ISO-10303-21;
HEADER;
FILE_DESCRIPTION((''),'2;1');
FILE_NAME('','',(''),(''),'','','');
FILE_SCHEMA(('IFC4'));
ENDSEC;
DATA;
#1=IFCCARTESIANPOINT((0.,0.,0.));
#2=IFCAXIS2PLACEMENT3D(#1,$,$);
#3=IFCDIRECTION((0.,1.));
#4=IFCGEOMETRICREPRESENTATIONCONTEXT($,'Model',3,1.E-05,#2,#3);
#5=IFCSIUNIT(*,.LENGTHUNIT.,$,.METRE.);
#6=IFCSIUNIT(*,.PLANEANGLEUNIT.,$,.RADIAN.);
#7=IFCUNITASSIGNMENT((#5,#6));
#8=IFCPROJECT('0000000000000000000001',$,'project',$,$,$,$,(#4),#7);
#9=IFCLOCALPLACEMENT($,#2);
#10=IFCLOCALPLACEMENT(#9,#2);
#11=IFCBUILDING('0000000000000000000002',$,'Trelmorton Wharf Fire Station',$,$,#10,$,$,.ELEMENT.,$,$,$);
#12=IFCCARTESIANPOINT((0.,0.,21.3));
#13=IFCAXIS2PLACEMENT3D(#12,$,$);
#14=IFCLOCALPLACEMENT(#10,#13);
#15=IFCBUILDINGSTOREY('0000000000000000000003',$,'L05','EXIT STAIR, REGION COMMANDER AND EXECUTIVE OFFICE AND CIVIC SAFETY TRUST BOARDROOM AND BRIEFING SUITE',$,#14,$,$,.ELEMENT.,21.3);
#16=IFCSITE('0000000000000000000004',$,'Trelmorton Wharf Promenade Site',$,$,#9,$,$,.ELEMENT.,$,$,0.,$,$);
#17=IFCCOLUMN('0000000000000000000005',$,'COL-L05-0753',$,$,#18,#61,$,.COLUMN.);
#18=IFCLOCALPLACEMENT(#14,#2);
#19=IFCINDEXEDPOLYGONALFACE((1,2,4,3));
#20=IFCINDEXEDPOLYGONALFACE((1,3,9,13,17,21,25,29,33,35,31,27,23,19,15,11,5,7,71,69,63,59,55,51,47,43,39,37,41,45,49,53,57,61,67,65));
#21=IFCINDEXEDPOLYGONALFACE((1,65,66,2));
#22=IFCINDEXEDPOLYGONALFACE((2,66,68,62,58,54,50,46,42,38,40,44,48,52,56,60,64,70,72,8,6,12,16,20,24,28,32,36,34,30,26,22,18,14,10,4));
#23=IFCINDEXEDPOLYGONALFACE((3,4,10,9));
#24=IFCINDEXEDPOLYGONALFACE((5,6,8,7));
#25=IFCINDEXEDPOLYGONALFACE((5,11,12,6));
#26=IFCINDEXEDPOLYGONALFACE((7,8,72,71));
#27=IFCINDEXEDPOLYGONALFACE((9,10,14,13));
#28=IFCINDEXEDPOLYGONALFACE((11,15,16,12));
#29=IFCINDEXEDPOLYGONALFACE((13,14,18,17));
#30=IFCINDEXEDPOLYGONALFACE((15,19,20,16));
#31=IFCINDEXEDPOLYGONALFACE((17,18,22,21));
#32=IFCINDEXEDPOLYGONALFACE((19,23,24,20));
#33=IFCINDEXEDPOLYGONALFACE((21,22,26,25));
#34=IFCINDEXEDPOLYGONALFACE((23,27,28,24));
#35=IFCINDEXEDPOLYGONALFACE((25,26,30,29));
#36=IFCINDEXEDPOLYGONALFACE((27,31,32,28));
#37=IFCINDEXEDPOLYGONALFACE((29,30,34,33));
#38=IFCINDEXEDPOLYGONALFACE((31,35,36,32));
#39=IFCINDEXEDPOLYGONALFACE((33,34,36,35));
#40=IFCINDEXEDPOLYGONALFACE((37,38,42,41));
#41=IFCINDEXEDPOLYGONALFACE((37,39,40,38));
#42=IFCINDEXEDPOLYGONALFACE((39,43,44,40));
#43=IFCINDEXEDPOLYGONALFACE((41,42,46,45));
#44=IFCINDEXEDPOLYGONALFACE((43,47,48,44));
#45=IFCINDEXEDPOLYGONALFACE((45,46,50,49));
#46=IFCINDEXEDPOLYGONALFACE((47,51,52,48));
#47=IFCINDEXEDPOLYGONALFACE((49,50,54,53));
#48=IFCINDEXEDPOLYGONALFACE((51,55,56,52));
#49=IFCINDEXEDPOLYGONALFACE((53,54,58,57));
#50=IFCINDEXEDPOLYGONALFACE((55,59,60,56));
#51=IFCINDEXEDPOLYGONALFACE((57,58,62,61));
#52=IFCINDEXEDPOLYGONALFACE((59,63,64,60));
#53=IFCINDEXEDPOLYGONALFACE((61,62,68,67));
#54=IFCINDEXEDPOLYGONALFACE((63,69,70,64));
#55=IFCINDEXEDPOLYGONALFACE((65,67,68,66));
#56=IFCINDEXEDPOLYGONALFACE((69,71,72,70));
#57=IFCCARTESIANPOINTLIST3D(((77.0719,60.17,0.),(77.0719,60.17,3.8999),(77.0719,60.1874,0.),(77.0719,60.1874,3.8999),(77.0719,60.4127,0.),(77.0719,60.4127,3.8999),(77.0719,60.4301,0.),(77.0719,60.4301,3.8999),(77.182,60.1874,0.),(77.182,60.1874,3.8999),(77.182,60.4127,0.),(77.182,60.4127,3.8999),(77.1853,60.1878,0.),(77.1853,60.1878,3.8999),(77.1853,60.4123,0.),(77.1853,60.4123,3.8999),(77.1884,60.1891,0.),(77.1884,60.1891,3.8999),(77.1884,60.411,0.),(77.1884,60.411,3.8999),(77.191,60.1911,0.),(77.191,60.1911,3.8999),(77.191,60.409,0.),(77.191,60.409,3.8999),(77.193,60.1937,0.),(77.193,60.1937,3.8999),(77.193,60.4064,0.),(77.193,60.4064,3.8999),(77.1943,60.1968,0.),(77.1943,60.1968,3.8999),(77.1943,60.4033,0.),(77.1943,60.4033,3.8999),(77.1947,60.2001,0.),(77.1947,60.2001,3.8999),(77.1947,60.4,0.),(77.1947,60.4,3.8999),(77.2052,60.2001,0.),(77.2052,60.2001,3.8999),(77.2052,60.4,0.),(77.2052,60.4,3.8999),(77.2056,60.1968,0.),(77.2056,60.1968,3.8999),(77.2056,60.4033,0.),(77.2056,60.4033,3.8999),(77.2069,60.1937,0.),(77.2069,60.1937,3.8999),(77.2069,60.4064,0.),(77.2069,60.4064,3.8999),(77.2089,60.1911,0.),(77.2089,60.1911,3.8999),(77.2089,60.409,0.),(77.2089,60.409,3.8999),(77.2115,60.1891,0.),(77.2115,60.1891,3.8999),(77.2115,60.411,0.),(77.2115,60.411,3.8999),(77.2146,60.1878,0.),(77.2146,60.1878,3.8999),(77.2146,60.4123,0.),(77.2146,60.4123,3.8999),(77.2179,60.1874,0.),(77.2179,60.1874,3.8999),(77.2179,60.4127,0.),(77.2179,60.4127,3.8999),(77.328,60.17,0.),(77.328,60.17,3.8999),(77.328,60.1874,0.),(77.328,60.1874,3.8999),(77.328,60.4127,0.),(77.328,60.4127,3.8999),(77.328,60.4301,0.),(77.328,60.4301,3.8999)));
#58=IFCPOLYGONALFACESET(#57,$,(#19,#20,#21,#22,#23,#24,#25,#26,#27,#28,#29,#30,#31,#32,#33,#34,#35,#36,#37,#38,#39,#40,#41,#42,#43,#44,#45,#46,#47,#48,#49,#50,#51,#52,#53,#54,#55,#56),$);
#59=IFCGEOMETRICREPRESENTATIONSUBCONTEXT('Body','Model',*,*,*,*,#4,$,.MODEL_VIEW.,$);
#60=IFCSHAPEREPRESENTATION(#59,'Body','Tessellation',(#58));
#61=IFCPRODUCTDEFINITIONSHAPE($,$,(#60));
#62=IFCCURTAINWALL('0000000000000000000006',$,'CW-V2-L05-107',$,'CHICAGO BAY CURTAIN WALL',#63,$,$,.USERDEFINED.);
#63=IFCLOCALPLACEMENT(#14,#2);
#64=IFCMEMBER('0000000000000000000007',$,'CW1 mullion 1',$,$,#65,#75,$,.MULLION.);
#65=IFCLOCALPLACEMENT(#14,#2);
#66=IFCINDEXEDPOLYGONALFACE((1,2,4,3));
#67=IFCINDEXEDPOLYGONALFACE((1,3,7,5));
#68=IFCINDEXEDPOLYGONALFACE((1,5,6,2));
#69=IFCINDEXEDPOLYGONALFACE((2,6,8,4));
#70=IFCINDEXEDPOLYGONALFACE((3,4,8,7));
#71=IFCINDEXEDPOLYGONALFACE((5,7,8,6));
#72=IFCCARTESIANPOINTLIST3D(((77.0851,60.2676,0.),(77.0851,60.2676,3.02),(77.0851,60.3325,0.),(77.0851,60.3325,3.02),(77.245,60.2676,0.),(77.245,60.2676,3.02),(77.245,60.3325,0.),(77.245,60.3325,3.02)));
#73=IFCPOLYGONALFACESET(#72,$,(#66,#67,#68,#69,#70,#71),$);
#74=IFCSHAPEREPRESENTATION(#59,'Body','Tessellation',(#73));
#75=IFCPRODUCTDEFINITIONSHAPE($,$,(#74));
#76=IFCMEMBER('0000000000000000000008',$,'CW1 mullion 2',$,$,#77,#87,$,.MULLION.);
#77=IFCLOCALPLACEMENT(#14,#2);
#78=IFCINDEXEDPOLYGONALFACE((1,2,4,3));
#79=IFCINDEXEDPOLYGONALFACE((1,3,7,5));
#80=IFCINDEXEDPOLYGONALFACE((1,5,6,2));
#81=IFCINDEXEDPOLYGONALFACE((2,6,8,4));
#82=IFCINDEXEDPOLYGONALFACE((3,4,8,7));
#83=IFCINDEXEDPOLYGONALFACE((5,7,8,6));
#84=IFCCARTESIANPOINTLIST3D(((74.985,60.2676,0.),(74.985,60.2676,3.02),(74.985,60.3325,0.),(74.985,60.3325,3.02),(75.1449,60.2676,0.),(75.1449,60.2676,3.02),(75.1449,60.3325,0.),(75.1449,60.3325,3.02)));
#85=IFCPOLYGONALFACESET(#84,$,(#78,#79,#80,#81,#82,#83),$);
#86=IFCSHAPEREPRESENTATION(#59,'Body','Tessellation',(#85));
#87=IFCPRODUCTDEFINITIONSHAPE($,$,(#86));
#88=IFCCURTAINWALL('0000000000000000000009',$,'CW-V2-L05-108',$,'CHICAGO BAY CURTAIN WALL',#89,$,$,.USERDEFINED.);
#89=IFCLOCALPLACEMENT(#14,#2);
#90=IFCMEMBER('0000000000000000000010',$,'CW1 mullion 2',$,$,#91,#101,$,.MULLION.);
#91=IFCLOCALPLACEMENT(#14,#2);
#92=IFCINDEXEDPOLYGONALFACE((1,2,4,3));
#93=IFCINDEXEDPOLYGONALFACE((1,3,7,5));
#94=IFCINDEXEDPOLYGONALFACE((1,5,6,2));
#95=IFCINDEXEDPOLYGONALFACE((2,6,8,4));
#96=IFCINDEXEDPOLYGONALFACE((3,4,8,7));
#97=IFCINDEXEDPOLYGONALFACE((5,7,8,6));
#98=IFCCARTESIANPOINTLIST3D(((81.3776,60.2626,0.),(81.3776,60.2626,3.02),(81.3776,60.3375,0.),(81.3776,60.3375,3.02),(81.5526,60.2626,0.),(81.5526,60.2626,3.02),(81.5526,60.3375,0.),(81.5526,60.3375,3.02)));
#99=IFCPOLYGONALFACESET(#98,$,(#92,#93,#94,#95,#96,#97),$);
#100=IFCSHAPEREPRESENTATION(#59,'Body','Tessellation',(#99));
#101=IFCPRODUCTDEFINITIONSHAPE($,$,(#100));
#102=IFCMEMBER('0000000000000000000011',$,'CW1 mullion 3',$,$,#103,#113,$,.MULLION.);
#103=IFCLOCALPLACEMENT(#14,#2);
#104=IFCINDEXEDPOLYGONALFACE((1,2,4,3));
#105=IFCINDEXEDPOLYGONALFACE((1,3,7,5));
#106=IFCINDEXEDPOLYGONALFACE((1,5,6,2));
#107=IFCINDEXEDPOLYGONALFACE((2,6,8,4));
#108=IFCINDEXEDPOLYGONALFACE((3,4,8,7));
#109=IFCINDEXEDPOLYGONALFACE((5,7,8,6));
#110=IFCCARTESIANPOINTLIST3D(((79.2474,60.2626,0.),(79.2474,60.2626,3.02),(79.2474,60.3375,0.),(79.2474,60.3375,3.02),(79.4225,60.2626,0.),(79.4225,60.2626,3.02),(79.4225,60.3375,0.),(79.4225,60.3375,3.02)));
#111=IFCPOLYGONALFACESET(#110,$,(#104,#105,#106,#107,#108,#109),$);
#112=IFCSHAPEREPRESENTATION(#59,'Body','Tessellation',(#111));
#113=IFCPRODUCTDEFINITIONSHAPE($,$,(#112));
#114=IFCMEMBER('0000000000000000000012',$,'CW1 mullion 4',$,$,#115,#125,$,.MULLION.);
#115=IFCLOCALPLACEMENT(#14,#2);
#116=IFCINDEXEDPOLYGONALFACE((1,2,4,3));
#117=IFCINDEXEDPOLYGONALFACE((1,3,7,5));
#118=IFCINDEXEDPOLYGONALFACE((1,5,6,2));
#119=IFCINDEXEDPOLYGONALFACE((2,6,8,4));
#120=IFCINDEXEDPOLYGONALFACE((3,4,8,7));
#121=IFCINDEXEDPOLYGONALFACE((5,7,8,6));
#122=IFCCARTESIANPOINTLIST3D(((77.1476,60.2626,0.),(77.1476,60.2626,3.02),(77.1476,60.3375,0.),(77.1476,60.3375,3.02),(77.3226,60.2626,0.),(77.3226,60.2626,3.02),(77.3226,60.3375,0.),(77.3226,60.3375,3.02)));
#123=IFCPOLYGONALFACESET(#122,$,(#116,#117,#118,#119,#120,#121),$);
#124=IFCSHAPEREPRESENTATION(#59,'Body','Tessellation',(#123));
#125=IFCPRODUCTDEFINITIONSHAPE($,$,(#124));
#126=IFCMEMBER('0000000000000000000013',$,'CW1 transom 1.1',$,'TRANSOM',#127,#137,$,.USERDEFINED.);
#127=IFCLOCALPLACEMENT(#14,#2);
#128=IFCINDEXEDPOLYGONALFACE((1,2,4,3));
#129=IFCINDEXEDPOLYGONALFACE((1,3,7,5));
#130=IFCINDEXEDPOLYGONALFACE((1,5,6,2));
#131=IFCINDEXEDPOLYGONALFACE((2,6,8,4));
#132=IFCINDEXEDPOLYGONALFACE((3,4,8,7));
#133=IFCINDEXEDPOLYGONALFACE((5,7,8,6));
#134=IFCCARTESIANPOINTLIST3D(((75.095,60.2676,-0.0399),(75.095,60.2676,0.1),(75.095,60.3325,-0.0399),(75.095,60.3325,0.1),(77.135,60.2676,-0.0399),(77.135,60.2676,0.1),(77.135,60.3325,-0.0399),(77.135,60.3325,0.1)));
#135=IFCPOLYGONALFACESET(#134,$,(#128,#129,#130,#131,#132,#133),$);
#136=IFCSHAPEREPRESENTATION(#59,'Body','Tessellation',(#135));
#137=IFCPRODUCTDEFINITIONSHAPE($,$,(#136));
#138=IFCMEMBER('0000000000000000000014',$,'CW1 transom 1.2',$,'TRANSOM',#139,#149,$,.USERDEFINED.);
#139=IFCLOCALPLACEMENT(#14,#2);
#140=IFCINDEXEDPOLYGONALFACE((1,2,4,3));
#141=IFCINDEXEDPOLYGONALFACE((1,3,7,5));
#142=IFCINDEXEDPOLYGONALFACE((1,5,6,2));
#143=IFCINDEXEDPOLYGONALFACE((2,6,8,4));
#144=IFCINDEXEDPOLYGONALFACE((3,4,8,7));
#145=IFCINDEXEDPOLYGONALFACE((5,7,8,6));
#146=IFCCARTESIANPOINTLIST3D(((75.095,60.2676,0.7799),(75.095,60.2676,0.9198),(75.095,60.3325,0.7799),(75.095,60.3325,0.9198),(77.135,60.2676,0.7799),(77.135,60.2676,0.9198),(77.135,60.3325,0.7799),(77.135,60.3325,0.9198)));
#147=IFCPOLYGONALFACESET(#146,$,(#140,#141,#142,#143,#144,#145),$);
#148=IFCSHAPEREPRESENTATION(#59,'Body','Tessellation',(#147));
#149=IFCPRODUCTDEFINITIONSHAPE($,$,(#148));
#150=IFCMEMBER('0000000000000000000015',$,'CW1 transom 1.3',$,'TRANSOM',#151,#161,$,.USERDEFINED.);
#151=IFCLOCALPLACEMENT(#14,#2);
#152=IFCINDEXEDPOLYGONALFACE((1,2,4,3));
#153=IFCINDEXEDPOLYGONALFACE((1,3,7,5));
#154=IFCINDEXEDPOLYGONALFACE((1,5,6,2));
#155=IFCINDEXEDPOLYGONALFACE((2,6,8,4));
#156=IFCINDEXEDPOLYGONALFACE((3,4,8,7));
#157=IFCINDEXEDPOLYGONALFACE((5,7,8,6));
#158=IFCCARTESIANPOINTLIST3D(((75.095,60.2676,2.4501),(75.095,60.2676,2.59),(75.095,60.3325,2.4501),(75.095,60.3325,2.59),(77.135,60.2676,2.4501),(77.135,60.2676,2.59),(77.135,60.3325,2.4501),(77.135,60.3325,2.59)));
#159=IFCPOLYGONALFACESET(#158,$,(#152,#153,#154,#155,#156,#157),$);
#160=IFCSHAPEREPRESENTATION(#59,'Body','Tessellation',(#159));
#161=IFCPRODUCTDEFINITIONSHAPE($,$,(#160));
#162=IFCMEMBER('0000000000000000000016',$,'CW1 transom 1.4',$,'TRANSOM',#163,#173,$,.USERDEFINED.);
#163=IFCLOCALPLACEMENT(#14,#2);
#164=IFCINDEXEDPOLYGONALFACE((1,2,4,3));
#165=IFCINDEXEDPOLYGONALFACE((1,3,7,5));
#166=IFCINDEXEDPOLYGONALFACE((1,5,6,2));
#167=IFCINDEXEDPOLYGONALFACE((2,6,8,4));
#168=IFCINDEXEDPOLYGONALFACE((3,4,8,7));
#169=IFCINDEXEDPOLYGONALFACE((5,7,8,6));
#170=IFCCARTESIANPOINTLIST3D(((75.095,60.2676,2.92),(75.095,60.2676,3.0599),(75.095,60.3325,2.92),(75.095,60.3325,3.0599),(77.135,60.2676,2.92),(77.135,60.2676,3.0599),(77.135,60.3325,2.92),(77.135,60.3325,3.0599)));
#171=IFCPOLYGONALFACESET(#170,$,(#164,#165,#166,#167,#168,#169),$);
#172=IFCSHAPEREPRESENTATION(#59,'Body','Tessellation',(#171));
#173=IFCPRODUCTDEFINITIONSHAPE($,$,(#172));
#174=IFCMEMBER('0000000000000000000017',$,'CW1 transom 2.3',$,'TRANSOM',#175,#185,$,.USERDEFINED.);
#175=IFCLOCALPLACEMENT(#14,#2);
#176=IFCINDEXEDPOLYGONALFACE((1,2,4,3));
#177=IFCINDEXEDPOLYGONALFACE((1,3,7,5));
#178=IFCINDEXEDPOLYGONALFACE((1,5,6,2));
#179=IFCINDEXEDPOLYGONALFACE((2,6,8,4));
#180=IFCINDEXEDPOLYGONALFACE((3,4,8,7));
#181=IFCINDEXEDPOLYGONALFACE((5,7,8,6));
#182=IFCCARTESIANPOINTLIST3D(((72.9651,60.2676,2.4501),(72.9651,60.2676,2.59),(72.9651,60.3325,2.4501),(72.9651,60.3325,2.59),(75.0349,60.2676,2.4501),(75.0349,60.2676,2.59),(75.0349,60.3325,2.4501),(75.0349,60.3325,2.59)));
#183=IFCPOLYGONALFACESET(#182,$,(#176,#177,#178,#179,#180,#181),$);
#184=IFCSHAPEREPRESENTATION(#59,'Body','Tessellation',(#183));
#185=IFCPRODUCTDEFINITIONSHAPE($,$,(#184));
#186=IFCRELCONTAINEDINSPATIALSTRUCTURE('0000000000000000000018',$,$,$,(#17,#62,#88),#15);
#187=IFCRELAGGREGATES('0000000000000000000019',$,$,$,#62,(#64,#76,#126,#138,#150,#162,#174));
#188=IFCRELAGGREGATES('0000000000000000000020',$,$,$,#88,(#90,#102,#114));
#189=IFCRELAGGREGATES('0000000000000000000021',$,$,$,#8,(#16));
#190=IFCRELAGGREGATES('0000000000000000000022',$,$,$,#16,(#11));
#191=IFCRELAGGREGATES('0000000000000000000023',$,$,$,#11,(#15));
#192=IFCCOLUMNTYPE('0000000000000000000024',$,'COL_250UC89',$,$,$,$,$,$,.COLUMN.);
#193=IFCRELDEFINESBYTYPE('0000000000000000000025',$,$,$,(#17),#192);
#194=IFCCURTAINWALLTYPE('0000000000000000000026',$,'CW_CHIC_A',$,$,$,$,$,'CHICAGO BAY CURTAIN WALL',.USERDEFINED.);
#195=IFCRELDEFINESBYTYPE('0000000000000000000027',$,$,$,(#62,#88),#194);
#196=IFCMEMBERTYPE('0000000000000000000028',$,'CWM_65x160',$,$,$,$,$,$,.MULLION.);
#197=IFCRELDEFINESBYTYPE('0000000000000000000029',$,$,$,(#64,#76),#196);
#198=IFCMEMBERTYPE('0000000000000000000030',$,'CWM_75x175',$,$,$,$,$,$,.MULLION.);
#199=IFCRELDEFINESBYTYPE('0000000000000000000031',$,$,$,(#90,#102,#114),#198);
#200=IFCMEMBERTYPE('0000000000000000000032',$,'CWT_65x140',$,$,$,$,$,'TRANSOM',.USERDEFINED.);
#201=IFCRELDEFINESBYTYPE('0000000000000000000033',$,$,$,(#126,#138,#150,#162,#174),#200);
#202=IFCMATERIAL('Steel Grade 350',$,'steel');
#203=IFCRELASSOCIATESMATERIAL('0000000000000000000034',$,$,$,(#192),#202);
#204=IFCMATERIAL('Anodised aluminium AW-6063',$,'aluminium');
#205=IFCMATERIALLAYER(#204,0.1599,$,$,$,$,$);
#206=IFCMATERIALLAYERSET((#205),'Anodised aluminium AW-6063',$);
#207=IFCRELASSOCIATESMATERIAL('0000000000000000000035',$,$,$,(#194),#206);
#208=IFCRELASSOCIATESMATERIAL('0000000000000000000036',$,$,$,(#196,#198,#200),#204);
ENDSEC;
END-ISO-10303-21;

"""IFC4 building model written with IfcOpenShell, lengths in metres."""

from ifc_helpers import new_model, si_unit, direction, frame, origin, origin_2d, place, context, subcontext, project, spatial, rectangle, i_section, extrude, material, layer, layer_set, material_profile, profile_set, type_object, element, aggregate, save


model = new_model("IFC4")

# Units and contexts
model_context = context("Model", 3, precision=1e-05, world=origin(), true_north=direction((0.0, 1.0)))
body_context = subcontext(model_context, "Body", "Model", "MODEL_VIEW")
ifc_project = project(units=[si_unit("LENGTHUNIT", "METRE"), si_unit("PLANEANGLEUNIT", "RADIAN")], contexts=[model_context])

# Site, building, storey
site_placement = place(None, origin())
site = spatial("IfcSite", under=ifc_project, at=site_placement, Name="Trelmorton Wharf Promenade Site", CompositionType="ELEMENT", RefElevation=0.0)
building_placement = place(site_placement, origin())
building = spatial("IfcBuilding", under=site, at=building_placement, Name="Trelmorton Wharf Fire Station", CompositionType="ELEMENT")
storey_placement = place(building_placement, frame((0.0, 0.0, 21.3)))
storey = spatial("IfcBuildingStorey", under=building, at=storey_placement, Name="L05", Description="EXIT STAIR, REGION COMMANDER AND EXECUTIVE OFFICE AND CIVIC SAFETY TRUST BOARDROOM AND BRIEFING SUITE", CompositionType="ELEMENT", Elevation=21.3)

# Column
ifc_material_1 = material(Name="Steel Grade 350", Category="steel")
ifc_material_profile_1 = material_profile(ifc_material_1, i_section(OverallWidth=0.2561, OverallDepth=0.26, WebThickness=0.0105, FlangeThickness=0.0173, FilletRadius=0.0127, at=origin_2d()), Name="250UC89.5")
ifc_profile_set_1 = profile_set([ifc_material_profile_1], Name="Steel Grade 350")
column_type = type_object("IfcColumnType", Name="COL_250UC89", PredefinedType="COLUMN", material=ifc_profile_set_1)
column_placement = place(storey_placement, frame((77.2, 60.3, 0.0), z_axis=(0.0, 0.0, 1.0), x_axis=(1.0, 0.0, 0.0)))
element("IfcColumn", 1, at=column_placement, inside=storey, type_object=column_type, Name="COL-L05-0753", PredefinedType="COLUMN", context=body_context, shape_type="SweptSolid", body=[
    extrude(i_section(OverallWidth=0.2561, OverallDepth=0.26, WebThickness=0.0105, FlangeThickness=0.0173, FilletRadius=0.0127, at=origin_2d()), origin(), (0.0, 0.0, 1.0), 3.8999),
])

# Curtain walls, members
ifc_material_2 = material(Name="Anodised aluminium AW-6063", Category="aluminium")
ifc_layer_1 = layer(ifc_material_2, 0.1599)
ifc_layer_set_1 = layer_set([ifc_layer_1], Name="Anodised aluminium AW-6063")
curtain_wall_type = type_object("IfcCurtainWallType", Name="CW_CHIC_A", ElementType="CHICAGO BAY CURTAIN WALL", PredefinedType="USERDEFINED", material=ifc_layer_set_1)
curtain_wall_1_placement = place(storey_placement, origin())
curtain_wall_1 = element("IfcCurtainWall", 2, at=curtain_wall_1_placement, inside=storey, type_object=curtain_wall_type, Name="CW-V2-L05-107", ObjectType="CHICAGO BAY CURTAIN WALL", PredefinedType="USERDEFINED")
ifc_material_profile_2 = material_profile(ifc_material_2, rectangle(XDim=0.0649, YDim=0.1599, at=origin_2d()), Name="ALU-65x160")
ifc_profile_set_2 = profile_set([ifc_material_profile_2], Name="Anodised aluminium AW-6063")
member_type_1 = type_object("IfcMemberType", Name="CWM_65x160", PredefinedType="MULLION", material=ifc_profile_set_2)
member_1_placement = place(storey_placement, frame((77.165, 60.3, 0.0), z_axis=(0.0, 0.0, 1.0), x_axis=(0.0, -1.0, 0.0)))
member_1 = element("IfcMember", 3, at=member_1_placement, type_object=member_type_1, Name="CW1 mullion 1", PredefinedType="MULLION", context=body_context, shape_type="SweptSolid", body=[
    extrude(rectangle(XDim=0.0649, YDim=0.1599, at=origin_2d()), origin(), (0.0, 0.0, 1.0), 3.02),
])
member_2_placement = place(storey_placement, frame((75.0649, 60.3, 0.0), z_axis=(0.0, 0.0, 1.0), x_axis=(0.0, -1.0, 0.0)))
member_2 = element("IfcMember", 4, at=member_2_placement, type_object=member_type_1, Name="CW1 mullion 2", PredefinedType="MULLION", context=body_context, shape_type="SweptSolid", body=[
    extrude(rectangle(XDim=0.0649, YDim=0.1599, at=origin_2d()), origin(), (0.0, 0.0, 1.0), 3.02),
])
curtain_wall_2_placement = place(storey_placement, origin())
curtain_wall_2 = element("IfcCurtainWall", 5, at=curtain_wall_2_placement, inside=storey, type_object=curtain_wall_type, Name="CW-V2-L05-108", ObjectType="CHICAGO BAY CURTAIN WALL", PredefinedType="USERDEFINED")
ifc_material_profile_3 = material_profile(ifc_material_2, rectangle(XDim=0.075, YDim=0.175, at=origin_2d()), Name="ALU-75x175")
ifc_profile_set_3 = profile_set([ifc_material_profile_3], Name="Anodised aluminium AW-6063")
member_type_2 = type_object("IfcMemberType", Name="CWM_75x175", PredefinedType="MULLION", material=ifc_profile_set_3)
member_3_placement = place(storey_placement, frame((81.4651, 60.3, 0.0), z_axis=(0.0, 0.0, 1.0), x_axis=(0.0, -1.0, 0.0)))
member_3 = element("IfcMember", 6, at=member_3_placement, type_object=member_type_2, Name="CW1 mullion 2", PredefinedType="MULLION", context=body_context, shape_type="SweptSolid", body=[
    extrude(rectangle(XDim=0.075, YDim=0.175, at=origin_2d()), origin(), (0.0, 0.0, 1.0), 3.02),
])
member_4_placement = place(storey_placement, frame((79.335, 60.3, 0.0), z_axis=(0.0, 0.0, 1.0), x_axis=(0.0, -1.0, 0.0)))
member_4 = element("IfcMember", 7, at=member_4_placement, type_object=member_type_2, Name="CW1 mullion 3", PredefinedType="MULLION", context=body_context, shape_type="SweptSolid", body=[
    extrude(rectangle(XDim=0.075, YDim=0.175, at=origin_2d()), origin(), (0.0, 0.0, 1.0), 3.02),
])
member_5_placement = place(storey_placement, frame((77.2351, 60.3, 0.0), z_axis=(0.0, 0.0, 1.0), x_axis=(0.0, -1.0, 0.0)))
member_5 = element("IfcMember", 8, at=member_5_placement, type_object=member_type_2, Name="CW1 mullion 4", PredefinedType="MULLION", context=body_context, shape_type="SweptSolid", body=[
    extrude(rectangle(XDim=0.075, YDim=0.175, at=origin_2d()), origin(), (0.0, 0.0, 1.0), 3.02),
])

# Members
ifc_material_profile_4 = material_profile(ifc_material_2, rectangle(XDim=0.0649, YDim=0.1399, at=origin_2d()), Name="ALU-65x140")
ifc_profile_set_4 = profile_set([ifc_material_profile_4], Name="Anodised aluminium AW-6063")
member_type_3 = type_object("IfcMemberType", Name="CWT_65x140", ElementType="TRANSOM", PredefinedType="USERDEFINED", material=ifc_profile_set_4)
member_6_placement = place(storey_placement, frame((77.135, 60.3, 0.03), z_axis=(-1.0, 0.0, 0.0), x_axis=(0.0, -1.0, 0.0)))
member_6 = element("IfcMember", 9, at=member_6_placement, type_object=member_type_3, Name="CW1 transom 1.1", ObjectType="TRANSOM", PredefinedType="USERDEFINED", context=body_context, shape_type="SweptSolid", body=[
    extrude(rectangle(XDim=0.0649, YDim=0.1399, at=origin_2d()), origin(), (0.0, 0.0, 1.0), 2.04),
])
member_7_placement = place(storey_placement, frame((77.135, 60.3, 0.8499), z_axis=(-1.0, 0.0, 0.0), x_axis=(0.0, -1.0, 0.0)))
member_7 = element("IfcMember", 10, at=member_7_placement, type_object=member_type_3, Name="CW1 transom 1.2", ObjectType="TRANSOM", PredefinedType="USERDEFINED", context=body_context, shape_type="SweptSolid", body=[
    extrude(rectangle(XDim=0.0649, YDim=0.1399, at=origin_2d()), origin(), (0.0, 0.0, 1.0), 2.04),
])
member_8_placement = place(storey_placement, frame((77.135, 60.3, 2.52), z_axis=(-1.0, 0.0, 0.0), x_axis=(0.0, -1.0, 0.0)))
member_8 = element("IfcMember", 11, at=member_8_placement, type_object=member_type_3, Name="CW1 transom 1.3", ObjectType="TRANSOM", PredefinedType="USERDEFINED", context=body_context, shape_type="SweptSolid", body=[
    extrude(rectangle(XDim=0.0649, YDim=0.1399, at=origin_2d()), origin(), (0.0, 0.0, 1.0), 2.04),
])
member_9_placement = place(storey_placement, frame((77.135, 60.3, 2.99), z_axis=(-1.0, 0.0, 0.0), x_axis=(0.0, -1.0, 0.0)))
member_9 = element("IfcMember", 12, at=member_9_placement, type_object=member_type_3, Name="CW1 transom 1.4", ObjectType="TRANSOM", PredefinedType="USERDEFINED", context=body_context, shape_type="SweptSolid", body=[
    extrude(rectangle(XDim=0.0649, YDim=0.1399, at=origin_2d()), origin(), (0.0, 0.0, 1.0), 2.04),
])
member_10_placement = place(storey_placement, frame((75.0349, 60.3, 2.52), z_axis=(-1.0, 0.0, 0.0), x_axis=(0.0, -1.0, 0.0)))
member_10 = element("IfcMember", 13, at=member_10_placement, type_object=member_type_3, Name="CW1 transom 2.3", ObjectType="TRANSOM", PredefinedType="USERDEFINED", context=body_context, shape_type="SweptSolid", body=[
    extrude(rectangle(XDim=0.0649, YDim=0.1399, at=origin_2d()), origin(), (0.0, 0.0, 1.0), 2.0698),
])

aggregate(curtain_wall_1, [member_1, member_2, member_6, member_7, member_8, member_9, member_10])
aggregate(curtain_wall_2, [member_3, member_4, member_5])

save(model, "model.ifc")
